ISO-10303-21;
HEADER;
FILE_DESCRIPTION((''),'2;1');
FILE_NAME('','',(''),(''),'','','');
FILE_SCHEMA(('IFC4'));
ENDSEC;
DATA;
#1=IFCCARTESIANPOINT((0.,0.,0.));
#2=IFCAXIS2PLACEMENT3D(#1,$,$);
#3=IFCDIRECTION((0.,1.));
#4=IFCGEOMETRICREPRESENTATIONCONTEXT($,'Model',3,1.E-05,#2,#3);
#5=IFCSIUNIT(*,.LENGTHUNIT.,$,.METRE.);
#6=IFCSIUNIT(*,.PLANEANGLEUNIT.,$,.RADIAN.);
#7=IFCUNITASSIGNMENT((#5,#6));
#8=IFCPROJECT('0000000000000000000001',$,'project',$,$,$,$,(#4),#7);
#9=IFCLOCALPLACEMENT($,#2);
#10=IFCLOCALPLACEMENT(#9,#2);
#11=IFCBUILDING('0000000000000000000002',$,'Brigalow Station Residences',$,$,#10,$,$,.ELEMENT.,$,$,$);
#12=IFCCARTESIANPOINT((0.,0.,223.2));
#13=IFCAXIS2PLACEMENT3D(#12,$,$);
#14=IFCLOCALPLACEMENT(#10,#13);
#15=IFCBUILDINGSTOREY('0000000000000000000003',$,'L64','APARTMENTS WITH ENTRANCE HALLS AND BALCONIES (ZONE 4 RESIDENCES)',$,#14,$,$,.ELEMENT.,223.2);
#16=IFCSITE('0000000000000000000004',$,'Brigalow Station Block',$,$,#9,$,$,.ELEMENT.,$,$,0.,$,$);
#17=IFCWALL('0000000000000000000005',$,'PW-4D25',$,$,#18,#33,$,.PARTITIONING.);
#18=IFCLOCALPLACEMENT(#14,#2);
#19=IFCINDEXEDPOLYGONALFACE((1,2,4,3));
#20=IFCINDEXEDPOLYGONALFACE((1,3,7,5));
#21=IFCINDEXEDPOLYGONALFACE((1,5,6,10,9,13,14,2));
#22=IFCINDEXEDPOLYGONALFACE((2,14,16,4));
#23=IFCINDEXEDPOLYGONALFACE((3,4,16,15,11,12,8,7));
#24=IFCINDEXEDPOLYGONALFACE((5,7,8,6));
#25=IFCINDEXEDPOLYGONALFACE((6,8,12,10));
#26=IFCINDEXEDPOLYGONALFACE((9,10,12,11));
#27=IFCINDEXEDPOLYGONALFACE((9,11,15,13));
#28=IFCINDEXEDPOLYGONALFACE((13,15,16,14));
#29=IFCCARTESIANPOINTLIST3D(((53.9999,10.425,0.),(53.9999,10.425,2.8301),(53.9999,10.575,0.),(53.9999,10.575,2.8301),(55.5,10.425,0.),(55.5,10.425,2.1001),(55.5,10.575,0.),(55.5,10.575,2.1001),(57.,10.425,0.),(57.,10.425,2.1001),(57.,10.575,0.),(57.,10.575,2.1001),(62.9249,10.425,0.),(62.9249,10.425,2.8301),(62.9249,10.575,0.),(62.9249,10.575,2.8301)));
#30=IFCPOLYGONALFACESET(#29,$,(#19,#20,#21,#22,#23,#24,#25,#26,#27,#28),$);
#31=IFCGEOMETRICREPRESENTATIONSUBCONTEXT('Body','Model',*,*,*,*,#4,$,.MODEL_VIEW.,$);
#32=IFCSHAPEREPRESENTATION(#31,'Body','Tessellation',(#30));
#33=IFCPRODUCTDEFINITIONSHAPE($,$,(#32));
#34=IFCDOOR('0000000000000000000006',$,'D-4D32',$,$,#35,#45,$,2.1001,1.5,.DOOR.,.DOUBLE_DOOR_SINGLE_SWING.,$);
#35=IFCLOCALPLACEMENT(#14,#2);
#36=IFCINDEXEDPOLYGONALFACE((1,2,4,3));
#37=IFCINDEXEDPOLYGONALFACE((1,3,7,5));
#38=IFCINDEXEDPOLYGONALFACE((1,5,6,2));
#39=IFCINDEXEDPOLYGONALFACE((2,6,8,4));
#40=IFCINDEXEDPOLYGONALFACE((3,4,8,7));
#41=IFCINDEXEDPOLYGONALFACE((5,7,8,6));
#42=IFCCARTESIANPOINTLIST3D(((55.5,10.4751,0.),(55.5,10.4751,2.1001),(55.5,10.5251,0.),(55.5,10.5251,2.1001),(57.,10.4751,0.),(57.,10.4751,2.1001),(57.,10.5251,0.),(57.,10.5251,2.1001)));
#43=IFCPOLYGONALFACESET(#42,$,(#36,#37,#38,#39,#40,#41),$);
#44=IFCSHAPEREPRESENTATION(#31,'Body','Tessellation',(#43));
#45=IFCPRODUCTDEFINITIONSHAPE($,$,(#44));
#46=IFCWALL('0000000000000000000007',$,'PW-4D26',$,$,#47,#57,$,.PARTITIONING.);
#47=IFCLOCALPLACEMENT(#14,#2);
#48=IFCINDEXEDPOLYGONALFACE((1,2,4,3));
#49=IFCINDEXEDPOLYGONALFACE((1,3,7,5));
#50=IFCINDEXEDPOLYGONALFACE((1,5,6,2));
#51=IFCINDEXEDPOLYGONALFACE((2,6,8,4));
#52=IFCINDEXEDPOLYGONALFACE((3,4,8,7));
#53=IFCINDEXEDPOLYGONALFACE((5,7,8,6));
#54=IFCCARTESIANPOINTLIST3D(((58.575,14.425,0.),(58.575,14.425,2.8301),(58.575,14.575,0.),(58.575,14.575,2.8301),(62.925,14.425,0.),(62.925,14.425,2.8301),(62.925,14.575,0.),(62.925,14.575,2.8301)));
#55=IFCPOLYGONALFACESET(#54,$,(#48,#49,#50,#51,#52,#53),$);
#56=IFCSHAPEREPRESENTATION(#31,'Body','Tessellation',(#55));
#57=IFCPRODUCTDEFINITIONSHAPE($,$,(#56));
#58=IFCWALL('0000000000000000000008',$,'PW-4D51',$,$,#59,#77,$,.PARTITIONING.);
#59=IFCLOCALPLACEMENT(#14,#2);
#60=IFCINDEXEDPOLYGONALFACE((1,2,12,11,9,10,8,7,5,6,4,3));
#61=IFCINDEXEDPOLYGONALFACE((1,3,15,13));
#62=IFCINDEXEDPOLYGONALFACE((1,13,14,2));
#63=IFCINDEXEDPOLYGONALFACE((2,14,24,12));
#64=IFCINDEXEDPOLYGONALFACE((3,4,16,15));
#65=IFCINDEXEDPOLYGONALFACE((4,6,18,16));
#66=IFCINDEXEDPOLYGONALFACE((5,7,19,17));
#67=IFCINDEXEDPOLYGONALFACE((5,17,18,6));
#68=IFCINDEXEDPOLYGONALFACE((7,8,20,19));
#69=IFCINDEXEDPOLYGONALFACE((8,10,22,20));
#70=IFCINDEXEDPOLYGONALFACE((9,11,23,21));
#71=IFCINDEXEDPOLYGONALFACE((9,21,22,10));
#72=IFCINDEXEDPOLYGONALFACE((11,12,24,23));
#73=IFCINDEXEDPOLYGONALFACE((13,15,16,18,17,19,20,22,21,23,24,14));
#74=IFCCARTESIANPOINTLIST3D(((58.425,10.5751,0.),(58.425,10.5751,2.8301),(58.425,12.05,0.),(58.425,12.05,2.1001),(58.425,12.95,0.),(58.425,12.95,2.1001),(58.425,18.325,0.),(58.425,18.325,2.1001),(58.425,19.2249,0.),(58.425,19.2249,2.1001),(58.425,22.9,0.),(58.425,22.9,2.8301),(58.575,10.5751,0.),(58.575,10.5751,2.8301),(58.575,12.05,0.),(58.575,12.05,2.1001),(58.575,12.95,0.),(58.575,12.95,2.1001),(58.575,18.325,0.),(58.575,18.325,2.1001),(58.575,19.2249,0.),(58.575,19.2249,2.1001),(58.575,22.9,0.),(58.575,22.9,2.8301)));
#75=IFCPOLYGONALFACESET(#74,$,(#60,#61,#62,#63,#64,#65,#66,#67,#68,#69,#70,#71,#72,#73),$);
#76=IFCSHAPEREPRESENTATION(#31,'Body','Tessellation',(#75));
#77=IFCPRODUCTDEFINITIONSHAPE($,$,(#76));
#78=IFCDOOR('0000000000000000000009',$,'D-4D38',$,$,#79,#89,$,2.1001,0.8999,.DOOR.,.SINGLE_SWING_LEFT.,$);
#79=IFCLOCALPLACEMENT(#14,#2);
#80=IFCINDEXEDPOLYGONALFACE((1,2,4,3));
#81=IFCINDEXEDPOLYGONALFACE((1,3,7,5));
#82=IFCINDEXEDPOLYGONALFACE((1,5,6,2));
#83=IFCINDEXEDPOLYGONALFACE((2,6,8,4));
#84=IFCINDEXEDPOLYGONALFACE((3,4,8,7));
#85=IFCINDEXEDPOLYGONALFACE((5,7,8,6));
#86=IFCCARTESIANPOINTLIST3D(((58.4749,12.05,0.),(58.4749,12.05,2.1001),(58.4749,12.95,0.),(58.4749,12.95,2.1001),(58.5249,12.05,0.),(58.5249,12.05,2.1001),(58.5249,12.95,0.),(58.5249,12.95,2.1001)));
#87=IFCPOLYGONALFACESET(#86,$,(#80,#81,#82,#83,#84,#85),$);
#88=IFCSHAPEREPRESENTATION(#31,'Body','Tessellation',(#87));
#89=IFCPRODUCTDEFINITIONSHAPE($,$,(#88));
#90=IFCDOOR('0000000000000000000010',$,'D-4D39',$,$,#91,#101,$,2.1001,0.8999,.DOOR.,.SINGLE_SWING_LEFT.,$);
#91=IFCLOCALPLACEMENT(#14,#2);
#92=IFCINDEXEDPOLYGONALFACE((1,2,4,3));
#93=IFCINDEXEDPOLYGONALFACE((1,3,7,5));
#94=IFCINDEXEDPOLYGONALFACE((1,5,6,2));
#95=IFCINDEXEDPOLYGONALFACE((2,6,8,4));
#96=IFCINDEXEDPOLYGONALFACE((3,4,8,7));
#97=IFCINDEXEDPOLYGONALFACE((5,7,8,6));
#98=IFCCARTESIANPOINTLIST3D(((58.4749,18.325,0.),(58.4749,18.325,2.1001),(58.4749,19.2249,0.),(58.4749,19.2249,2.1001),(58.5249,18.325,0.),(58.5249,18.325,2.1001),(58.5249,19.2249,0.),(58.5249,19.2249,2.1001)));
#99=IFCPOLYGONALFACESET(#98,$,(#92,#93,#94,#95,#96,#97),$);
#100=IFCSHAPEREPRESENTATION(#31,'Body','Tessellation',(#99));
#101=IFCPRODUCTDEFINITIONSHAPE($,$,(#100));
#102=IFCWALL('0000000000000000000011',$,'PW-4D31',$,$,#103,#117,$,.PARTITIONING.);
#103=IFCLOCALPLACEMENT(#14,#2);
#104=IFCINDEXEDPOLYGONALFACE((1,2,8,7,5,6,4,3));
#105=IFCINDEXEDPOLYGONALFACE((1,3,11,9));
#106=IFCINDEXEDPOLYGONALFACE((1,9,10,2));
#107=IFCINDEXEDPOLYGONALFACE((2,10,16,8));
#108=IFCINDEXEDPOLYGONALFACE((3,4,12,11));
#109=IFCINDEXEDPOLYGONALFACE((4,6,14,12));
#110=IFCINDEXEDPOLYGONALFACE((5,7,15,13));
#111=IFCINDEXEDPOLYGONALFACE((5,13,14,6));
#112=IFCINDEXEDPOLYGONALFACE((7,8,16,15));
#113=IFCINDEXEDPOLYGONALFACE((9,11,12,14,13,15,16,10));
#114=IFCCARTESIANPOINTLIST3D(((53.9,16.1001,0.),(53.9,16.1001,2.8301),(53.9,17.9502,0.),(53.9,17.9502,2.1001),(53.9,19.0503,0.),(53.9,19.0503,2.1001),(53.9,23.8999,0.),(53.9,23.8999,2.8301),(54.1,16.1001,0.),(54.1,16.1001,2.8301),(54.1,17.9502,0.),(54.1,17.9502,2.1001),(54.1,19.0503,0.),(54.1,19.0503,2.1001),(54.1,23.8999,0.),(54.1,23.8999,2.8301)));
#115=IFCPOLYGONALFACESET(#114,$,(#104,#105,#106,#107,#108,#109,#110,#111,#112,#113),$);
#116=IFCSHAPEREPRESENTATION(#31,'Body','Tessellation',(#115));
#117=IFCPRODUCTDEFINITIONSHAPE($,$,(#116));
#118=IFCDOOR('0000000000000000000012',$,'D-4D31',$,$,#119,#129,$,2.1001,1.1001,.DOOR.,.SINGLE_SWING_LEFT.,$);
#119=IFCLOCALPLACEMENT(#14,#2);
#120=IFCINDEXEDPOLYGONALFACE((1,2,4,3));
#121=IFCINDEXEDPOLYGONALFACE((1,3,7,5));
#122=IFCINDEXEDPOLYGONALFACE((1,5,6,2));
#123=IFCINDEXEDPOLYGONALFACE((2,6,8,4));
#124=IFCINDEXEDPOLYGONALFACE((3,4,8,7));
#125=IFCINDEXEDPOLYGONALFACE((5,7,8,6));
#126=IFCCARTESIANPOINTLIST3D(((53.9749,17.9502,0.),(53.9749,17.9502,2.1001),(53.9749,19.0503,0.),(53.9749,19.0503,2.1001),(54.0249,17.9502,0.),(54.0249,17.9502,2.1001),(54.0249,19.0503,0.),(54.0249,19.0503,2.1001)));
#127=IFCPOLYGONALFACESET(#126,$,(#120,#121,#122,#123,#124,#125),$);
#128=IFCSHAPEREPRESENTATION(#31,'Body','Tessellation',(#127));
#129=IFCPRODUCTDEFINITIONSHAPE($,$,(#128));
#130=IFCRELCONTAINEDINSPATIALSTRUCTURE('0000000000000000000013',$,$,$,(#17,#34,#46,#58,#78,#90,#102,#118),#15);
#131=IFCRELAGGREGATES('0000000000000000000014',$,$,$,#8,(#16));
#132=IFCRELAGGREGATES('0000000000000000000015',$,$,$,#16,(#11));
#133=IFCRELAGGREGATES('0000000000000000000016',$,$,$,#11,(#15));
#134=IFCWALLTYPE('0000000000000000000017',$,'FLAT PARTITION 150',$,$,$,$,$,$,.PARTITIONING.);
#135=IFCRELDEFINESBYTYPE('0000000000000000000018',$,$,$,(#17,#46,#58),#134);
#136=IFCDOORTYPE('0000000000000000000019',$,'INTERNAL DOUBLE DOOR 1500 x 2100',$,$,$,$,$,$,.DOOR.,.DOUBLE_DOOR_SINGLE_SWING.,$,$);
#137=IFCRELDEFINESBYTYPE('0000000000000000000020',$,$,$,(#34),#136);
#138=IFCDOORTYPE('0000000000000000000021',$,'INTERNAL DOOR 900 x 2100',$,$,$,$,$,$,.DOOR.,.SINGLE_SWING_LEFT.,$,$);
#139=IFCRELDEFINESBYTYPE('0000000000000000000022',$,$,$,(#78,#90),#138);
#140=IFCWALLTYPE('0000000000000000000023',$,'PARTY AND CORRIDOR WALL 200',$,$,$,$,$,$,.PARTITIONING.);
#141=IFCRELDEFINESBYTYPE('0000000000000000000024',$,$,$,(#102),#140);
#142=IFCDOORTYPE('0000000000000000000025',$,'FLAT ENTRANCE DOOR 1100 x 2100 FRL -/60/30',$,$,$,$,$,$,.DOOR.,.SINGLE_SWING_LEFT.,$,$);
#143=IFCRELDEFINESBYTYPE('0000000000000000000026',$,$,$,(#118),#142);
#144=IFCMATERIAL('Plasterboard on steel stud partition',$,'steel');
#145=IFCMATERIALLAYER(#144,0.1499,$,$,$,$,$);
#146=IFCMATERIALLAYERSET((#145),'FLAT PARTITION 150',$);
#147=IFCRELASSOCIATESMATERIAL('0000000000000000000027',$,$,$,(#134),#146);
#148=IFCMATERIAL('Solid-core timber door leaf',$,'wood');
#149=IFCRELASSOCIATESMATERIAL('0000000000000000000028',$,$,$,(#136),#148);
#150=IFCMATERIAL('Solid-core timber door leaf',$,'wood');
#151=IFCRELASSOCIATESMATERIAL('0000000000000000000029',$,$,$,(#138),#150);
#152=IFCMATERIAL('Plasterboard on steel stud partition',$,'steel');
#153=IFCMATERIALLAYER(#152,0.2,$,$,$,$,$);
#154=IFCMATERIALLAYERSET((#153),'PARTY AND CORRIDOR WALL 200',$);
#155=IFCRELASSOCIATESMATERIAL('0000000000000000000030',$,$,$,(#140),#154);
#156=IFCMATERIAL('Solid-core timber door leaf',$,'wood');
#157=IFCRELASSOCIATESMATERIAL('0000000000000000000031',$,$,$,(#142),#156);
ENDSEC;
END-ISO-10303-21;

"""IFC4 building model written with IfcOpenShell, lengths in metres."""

from ifc_helpers import new_model, si_unit, direction, frame, frame_2d, origin, place, context, subcontext, project, spatial, rectangle, extrude, material, layer, layer_set, type_object, element, fill, save


model = new_model("IFC4")

# Units and contexts
model_context = context("Model", 3, precision=1e-05, world=origin(), true_north=direction((0.0, 1.0)))
body_context = subcontext(model_context, "Body", "Model", "MODEL_VIEW")
ifc_project = project(units=[si_unit("LENGTHUNIT", "METRE"), si_unit("PLANEANGLEUNIT", "RADIAN")], contexts=[model_context])

# Site, building, storey
site_placement = place(None, origin())
site = spatial("IfcSite", under=ifc_project, at=site_placement, Name="Brigalow Station Block", CompositionType="ELEMENT", RefElevation=0.0)
building_placement = place(site_placement, origin())
building = spatial("IfcBuilding", under=site, at=building_placement, Name="Brigalow Station Residences", CompositionType="ELEMENT")
storey_placement = place(building_placement, frame((0.0, 0.0, 223.2)))
storey = spatial("IfcBuildingStorey", under=building, at=storey_placement, Name="L64", Description="APARTMENTS WITH ENTRANCE HALLS AND BALCONIES (ZONE 4 RESIDENCES)", CompositionType="ELEMENT", Elevation=223.2)

# Shared definitions
ifc_material_1 = material(Name="Plasterboard on steel stud partition", Category="steel")
ifc_layer_1 = layer(ifc_material_1, 0.1499)
ifc_layer_set_1 = layer_set([ifc_layer_1], Name="FLAT PARTITION 150")
wall_type_1 = type_object("IfcWallType", Name="FLAT PARTITION 150", PredefinedType="PARTITIONING", material=ifc_layer_set_1)

# Wall, opening, door
wall_1_placement = place(storey_placement, frame((54.0, 10.5, 0.0), z_axis=(0.0, 0.0, 1.0), x_axis=(1.0, 0.0, 0.0)))
wall_1 = element("IfcWall", 1, at=wall_1_placement, inside=storey, type_object=wall_type_1, Name="PW-4D25", PredefinedType="PARTITIONING", context=body_context, shape_type="SweptSolid", body=[
    extrude(rectangle(XDim=8.925, YDim=0.1499, at=frame_2d((4.4624, 0.0))), origin(), (0.0, 0.0, 1.0), 2.8301),
])
opening_1_placement = place(wall_1_placement, frame((1.5, 0.0, 0.0)))
opening_1 = element("IfcOpeningElement", 2, at=opening_1_placement, cuts=wall_1, PredefinedType="OPENING", context=body_context, shape_type="SweptSolid", body=[
    extrude(rectangle(XDim=1.5, YDim=2.1001, at=frame_2d((0.75, 1.05))), frame((0.0, 0.085, 0.0), z_axis=(0.0, -1.0, 0.0), x_axis=(1.0, 0.0, 0.0)), (0.0, 0.0, 1.0), 0.1699),
])
ifc_material_2 = material(Name="Solid-core timber door leaf", Category="wood")
door_type_1 = type_object("IfcDoorType", Name="INTERNAL DOUBLE DOOR 1500 x 2100", OperationType="DOUBLE_DOOR_SINGLE_SWING", PredefinedType="DOOR", material=ifc_material_2)
door_1_placement = place(opening_1_placement, frame((1.5, 0.0, 0.0), z_axis=(0.0, 0.0, 1.0), x_axis=(-1.0, 0.0, 0.0)))
door_1 = element("IfcDoor", 3, at=door_1_placement, inside=storey, type_object=door_type_1, Name="D-4D32", OperationType="DOUBLE_DOOR_SINGLE_SWING", OverallHeight=2.1001, OverallWidth=1.5, PredefinedType="DOOR", context=body_context, shape_type="SweptSolid", body=[
    extrude(rectangle(XDim=1.5, YDim=2.1001, at=frame_2d((0.75, 1.05))), frame((0.0, 0.0249, 0.0), z_axis=(0.0, -1.0, 0.0), x_axis=(1.0, 0.0, 0.0)), (0.0, 0.0, 1.0), 0.05),
])
fill(opening_1, door_1)

# Wall
wall_2_placement = place(storey_placement, frame((58.575, 14.5, 0.0), z_axis=(0.0, 0.0, 1.0), x_axis=(1.0, 0.0, 0.0)))
element("IfcWall", 4, at=wall_2_placement, inside=storey, type_object=wall_type_1, Name="PW-4D26", PredefinedType="PARTITIONING", context=body_context, shape_type="SweptSolid", body=[
    extrude(rectangle(XDim=4.3501, YDim=0.1499, at=frame_2d((2.175, 0.0))), origin(), (0.0, 0.0, 1.0), 2.8301),
])

# Wall, openings, doors
wall_3_placement = place(storey_placement, frame((58.5, 10.575, 0.0), z_axis=(0.0, 0.0, 1.0), x_axis=(0.0, 1.0, 0.0)))
wall_3 = element("IfcWall", 5, at=wall_3_placement, inside=storey, type_object=wall_type_1, Name="PW-4D51", PredefinedType="PARTITIONING", context=body_context, shape_type="SweptSolid", body=[
    extrude(rectangle(XDim=12.325, YDim=0.1499, at=frame_2d((6.1626, 0.0))), origin(), (0.0, 0.0, 1.0), 2.8301),
])
opening_2_placement = place(wall_3_placement, frame((1.4751, 0.0, 0.0)))
opening_2 = element("IfcOpeningElement", 6, at=opening_2_placement, cuts=wall_3, PredefinedType="OPENING", context=body_context, shape_type="SweptSolid", body=[
    extrude(rectangle(XDim=0.8999, YDim=2.1001, at=frame_2d((0.45, 1.05))), frame((0.0, 0.085, 0.0), z_axis=(0.0, -1.0, 0.0), x_axis=(1.0, 0.0, 0.0)), (0.0, 0.0, 1.0), 0.1699),
])
opening_3_placement = place(wall_3_placement, frame((7.75, 0.0, 0.0)))
opening_3 = element("IfcOpeningElement", 7, at=opening_3_placement, cuts=wall_3, PredefinedType="OPENING", context=body_context, shape_type="SweptSolid", body=[
    extrude(rectangle(XDim=0.8999, YDim=2.1001, at=frame_2d((0.45, 1.05))), frame((0.0, 0.085, 0.0), z_axis=(0.0, -1.0, 0.0), x_axis=(1.0, 0.0, 0.0)), (0.0, 0.0, 1.0), 0.1699),
])
ifc_material_3 = material(Name="Solid-core timber door leaf", Category="wood")
door_type_2 = type_object("IfcDoorType", Name="INTERNAL DOOR 900 x 2100", OperationType="SINGLE_SWING_LEFT", PredefinedType="DOOR", material=ifc_material_3)
door_2_placement = place(opening_2_placement, frame((0.8999, 0.0, 0.0), z_axis=(0.0, 0.0, 1.0), x_axis=(-1.0, 0.0, 0.0)))
door_2 = element("IfcDoor", 8, at=door_2_placement, inside=storey, type_object=door_type_2, Name="D-4D38", OperationType="SINGLE_SWING_LEFT", OverallHeight=2.1001, OverallWidth=0.8999, PredefinedType="DOOR", context=body_context, shape_type="SweptSolid", body=[
    extrude(rectangle(XDim=0.8999, YDim=2.1001, at=frame_2d((0.45, 1.05))), frame((0.0, 0.0249, 0.0), z_axis=(0.0, -1.0, 0.0), x_axis=(1.0, 0.0, 0.0)), (0.0, 0.0, 1.0), 0.05),
])
fill(opening_2, door_2)
door_3_placement = place(opening_3_placement, frame((0.8999, 0.0, 0.0), z_axis=(0.0, 0.0, 1.0), x_axis=(-1.0, 0.0, 0.0)))
door_3 = element("IfcDoor", 9, at=door_3_placement, inside=storey, type_object=door_type_2, Name="D-4D39", OperationType="SINGLE_SWING_LEFT", OverallHeight=2.1001, OverallWidth=0.8999, PredefinedType="DOOR", context=body_context, shape_type="SweptSolid", body=[
    extrude(rectangle(XDim=0.8999, YDim=2.1001, at=frame_2d((0.45, 1.05))), frame((0.0, 0.0249, 0.0), z_axis=(0.0, -1.0, 0.0), x_axis=(1.0, 0.0, 0.0)), (0.0, 0.0, 1.0), 0.05),
])
fill(opening_3, door_3)

# Wall, opening, door
ifc_material_4 = material(Name="Plasterboard on steel stud partition", Category="steel")
ifc_layer_2 = layer(ifc_material_4, 0.2)
ifc_layer_set_2 = layer_set([ifc_layer_2], Name="PARTY AND CORRIDOR WALL 200")
wall_type_2 = type_object("IfcWallType", Name="PARTY AND CORRIDOR WALL 200", PredefinedType="PARTITIONING", material=ifc_layer_set_2)
wall_4_placement = place(storey_placement, frame((54.0, 16.1001, 0.0), z_axis=(0.0, 0.0, 1.0), x_axis=(0.0, 1.0, 0.0)))
wall_4 = element("IfcWall", 10, at=wall_4_placement, inside=storey, type_object=wall_type_2, Name="PW-4D31", PredefinedType="PARTITIONING", context=body_context, shape_type="SweptSolid", body=[
    extrude(rectangle(XDim=7.7998, YDim=0.2, at=frame_2d((3.8999, 0.0))), origin(), (0.0, 0.0, 1.0), 2.8301),
])
opening_4_placement = place(wall_4_placement, frame((1.8501, 0.0, 0.0)))
opening_4 = element("IfcOpeningElement", 11, at=opening_4_placement, cuts=wall_4, PredefinedType="OPENING", context=body_context, shape_type="SweptSolid", body=[
    extrude(rectangle(XDim=1.1001, YDim=2.1001, at=frame_2d((0.55, 1.05))), frame((0.0, 0.1099, 0.0), z_axis=(0.0, -1.0, 0.0), x_axis=(1.0, 0.0, 0.0)), (0.0, 0.0, 1.0), 0.22),
])
ifc_material_5 = material(Name="Solid-core timber door leaf", Category="wood")
door_type_3 = type_object("IfcDoorType", Name="FLAT ENTRANCE DOOR 1100 x 2100 FRL -/60/30", OperationType="SINGLE_SWING_LEFT", PredefinedType="DOOR", material=ifc_material_5)
door_4_placement = place(opening_4_placement, frame((1.1001, 0.0, 0.0), z_axis=(0.0, 0.0, 1.0), x_axis=(-1.0, 0.0, 0.0)))
door_4 = element("IfcDoor", 12, at=door_4_placement, inside=storey, type_object=door_type_3, Name="D-4D31", OperationType="SINGLE_SWING_LEFT", OverallHeight=2.1001, OverallWidth=1.1001, PredefinedType="DOOR", context=body_context, shape_type="SweptSolid", body=[
    extrude(rectangle(XDim=1.1001, YDim=2.1001, at=frame_2d((0.55, 1.05))), frame((0.0, 0.0249, 0.0), z_axis=(0.0, -1.0, 0.0), x_axis=(1.0, 0.0, 0.0)), (0.0, 0.0, 1.0), 0.05),
])
fill(opening_4, door_4)

save(model, "model.ifc")
